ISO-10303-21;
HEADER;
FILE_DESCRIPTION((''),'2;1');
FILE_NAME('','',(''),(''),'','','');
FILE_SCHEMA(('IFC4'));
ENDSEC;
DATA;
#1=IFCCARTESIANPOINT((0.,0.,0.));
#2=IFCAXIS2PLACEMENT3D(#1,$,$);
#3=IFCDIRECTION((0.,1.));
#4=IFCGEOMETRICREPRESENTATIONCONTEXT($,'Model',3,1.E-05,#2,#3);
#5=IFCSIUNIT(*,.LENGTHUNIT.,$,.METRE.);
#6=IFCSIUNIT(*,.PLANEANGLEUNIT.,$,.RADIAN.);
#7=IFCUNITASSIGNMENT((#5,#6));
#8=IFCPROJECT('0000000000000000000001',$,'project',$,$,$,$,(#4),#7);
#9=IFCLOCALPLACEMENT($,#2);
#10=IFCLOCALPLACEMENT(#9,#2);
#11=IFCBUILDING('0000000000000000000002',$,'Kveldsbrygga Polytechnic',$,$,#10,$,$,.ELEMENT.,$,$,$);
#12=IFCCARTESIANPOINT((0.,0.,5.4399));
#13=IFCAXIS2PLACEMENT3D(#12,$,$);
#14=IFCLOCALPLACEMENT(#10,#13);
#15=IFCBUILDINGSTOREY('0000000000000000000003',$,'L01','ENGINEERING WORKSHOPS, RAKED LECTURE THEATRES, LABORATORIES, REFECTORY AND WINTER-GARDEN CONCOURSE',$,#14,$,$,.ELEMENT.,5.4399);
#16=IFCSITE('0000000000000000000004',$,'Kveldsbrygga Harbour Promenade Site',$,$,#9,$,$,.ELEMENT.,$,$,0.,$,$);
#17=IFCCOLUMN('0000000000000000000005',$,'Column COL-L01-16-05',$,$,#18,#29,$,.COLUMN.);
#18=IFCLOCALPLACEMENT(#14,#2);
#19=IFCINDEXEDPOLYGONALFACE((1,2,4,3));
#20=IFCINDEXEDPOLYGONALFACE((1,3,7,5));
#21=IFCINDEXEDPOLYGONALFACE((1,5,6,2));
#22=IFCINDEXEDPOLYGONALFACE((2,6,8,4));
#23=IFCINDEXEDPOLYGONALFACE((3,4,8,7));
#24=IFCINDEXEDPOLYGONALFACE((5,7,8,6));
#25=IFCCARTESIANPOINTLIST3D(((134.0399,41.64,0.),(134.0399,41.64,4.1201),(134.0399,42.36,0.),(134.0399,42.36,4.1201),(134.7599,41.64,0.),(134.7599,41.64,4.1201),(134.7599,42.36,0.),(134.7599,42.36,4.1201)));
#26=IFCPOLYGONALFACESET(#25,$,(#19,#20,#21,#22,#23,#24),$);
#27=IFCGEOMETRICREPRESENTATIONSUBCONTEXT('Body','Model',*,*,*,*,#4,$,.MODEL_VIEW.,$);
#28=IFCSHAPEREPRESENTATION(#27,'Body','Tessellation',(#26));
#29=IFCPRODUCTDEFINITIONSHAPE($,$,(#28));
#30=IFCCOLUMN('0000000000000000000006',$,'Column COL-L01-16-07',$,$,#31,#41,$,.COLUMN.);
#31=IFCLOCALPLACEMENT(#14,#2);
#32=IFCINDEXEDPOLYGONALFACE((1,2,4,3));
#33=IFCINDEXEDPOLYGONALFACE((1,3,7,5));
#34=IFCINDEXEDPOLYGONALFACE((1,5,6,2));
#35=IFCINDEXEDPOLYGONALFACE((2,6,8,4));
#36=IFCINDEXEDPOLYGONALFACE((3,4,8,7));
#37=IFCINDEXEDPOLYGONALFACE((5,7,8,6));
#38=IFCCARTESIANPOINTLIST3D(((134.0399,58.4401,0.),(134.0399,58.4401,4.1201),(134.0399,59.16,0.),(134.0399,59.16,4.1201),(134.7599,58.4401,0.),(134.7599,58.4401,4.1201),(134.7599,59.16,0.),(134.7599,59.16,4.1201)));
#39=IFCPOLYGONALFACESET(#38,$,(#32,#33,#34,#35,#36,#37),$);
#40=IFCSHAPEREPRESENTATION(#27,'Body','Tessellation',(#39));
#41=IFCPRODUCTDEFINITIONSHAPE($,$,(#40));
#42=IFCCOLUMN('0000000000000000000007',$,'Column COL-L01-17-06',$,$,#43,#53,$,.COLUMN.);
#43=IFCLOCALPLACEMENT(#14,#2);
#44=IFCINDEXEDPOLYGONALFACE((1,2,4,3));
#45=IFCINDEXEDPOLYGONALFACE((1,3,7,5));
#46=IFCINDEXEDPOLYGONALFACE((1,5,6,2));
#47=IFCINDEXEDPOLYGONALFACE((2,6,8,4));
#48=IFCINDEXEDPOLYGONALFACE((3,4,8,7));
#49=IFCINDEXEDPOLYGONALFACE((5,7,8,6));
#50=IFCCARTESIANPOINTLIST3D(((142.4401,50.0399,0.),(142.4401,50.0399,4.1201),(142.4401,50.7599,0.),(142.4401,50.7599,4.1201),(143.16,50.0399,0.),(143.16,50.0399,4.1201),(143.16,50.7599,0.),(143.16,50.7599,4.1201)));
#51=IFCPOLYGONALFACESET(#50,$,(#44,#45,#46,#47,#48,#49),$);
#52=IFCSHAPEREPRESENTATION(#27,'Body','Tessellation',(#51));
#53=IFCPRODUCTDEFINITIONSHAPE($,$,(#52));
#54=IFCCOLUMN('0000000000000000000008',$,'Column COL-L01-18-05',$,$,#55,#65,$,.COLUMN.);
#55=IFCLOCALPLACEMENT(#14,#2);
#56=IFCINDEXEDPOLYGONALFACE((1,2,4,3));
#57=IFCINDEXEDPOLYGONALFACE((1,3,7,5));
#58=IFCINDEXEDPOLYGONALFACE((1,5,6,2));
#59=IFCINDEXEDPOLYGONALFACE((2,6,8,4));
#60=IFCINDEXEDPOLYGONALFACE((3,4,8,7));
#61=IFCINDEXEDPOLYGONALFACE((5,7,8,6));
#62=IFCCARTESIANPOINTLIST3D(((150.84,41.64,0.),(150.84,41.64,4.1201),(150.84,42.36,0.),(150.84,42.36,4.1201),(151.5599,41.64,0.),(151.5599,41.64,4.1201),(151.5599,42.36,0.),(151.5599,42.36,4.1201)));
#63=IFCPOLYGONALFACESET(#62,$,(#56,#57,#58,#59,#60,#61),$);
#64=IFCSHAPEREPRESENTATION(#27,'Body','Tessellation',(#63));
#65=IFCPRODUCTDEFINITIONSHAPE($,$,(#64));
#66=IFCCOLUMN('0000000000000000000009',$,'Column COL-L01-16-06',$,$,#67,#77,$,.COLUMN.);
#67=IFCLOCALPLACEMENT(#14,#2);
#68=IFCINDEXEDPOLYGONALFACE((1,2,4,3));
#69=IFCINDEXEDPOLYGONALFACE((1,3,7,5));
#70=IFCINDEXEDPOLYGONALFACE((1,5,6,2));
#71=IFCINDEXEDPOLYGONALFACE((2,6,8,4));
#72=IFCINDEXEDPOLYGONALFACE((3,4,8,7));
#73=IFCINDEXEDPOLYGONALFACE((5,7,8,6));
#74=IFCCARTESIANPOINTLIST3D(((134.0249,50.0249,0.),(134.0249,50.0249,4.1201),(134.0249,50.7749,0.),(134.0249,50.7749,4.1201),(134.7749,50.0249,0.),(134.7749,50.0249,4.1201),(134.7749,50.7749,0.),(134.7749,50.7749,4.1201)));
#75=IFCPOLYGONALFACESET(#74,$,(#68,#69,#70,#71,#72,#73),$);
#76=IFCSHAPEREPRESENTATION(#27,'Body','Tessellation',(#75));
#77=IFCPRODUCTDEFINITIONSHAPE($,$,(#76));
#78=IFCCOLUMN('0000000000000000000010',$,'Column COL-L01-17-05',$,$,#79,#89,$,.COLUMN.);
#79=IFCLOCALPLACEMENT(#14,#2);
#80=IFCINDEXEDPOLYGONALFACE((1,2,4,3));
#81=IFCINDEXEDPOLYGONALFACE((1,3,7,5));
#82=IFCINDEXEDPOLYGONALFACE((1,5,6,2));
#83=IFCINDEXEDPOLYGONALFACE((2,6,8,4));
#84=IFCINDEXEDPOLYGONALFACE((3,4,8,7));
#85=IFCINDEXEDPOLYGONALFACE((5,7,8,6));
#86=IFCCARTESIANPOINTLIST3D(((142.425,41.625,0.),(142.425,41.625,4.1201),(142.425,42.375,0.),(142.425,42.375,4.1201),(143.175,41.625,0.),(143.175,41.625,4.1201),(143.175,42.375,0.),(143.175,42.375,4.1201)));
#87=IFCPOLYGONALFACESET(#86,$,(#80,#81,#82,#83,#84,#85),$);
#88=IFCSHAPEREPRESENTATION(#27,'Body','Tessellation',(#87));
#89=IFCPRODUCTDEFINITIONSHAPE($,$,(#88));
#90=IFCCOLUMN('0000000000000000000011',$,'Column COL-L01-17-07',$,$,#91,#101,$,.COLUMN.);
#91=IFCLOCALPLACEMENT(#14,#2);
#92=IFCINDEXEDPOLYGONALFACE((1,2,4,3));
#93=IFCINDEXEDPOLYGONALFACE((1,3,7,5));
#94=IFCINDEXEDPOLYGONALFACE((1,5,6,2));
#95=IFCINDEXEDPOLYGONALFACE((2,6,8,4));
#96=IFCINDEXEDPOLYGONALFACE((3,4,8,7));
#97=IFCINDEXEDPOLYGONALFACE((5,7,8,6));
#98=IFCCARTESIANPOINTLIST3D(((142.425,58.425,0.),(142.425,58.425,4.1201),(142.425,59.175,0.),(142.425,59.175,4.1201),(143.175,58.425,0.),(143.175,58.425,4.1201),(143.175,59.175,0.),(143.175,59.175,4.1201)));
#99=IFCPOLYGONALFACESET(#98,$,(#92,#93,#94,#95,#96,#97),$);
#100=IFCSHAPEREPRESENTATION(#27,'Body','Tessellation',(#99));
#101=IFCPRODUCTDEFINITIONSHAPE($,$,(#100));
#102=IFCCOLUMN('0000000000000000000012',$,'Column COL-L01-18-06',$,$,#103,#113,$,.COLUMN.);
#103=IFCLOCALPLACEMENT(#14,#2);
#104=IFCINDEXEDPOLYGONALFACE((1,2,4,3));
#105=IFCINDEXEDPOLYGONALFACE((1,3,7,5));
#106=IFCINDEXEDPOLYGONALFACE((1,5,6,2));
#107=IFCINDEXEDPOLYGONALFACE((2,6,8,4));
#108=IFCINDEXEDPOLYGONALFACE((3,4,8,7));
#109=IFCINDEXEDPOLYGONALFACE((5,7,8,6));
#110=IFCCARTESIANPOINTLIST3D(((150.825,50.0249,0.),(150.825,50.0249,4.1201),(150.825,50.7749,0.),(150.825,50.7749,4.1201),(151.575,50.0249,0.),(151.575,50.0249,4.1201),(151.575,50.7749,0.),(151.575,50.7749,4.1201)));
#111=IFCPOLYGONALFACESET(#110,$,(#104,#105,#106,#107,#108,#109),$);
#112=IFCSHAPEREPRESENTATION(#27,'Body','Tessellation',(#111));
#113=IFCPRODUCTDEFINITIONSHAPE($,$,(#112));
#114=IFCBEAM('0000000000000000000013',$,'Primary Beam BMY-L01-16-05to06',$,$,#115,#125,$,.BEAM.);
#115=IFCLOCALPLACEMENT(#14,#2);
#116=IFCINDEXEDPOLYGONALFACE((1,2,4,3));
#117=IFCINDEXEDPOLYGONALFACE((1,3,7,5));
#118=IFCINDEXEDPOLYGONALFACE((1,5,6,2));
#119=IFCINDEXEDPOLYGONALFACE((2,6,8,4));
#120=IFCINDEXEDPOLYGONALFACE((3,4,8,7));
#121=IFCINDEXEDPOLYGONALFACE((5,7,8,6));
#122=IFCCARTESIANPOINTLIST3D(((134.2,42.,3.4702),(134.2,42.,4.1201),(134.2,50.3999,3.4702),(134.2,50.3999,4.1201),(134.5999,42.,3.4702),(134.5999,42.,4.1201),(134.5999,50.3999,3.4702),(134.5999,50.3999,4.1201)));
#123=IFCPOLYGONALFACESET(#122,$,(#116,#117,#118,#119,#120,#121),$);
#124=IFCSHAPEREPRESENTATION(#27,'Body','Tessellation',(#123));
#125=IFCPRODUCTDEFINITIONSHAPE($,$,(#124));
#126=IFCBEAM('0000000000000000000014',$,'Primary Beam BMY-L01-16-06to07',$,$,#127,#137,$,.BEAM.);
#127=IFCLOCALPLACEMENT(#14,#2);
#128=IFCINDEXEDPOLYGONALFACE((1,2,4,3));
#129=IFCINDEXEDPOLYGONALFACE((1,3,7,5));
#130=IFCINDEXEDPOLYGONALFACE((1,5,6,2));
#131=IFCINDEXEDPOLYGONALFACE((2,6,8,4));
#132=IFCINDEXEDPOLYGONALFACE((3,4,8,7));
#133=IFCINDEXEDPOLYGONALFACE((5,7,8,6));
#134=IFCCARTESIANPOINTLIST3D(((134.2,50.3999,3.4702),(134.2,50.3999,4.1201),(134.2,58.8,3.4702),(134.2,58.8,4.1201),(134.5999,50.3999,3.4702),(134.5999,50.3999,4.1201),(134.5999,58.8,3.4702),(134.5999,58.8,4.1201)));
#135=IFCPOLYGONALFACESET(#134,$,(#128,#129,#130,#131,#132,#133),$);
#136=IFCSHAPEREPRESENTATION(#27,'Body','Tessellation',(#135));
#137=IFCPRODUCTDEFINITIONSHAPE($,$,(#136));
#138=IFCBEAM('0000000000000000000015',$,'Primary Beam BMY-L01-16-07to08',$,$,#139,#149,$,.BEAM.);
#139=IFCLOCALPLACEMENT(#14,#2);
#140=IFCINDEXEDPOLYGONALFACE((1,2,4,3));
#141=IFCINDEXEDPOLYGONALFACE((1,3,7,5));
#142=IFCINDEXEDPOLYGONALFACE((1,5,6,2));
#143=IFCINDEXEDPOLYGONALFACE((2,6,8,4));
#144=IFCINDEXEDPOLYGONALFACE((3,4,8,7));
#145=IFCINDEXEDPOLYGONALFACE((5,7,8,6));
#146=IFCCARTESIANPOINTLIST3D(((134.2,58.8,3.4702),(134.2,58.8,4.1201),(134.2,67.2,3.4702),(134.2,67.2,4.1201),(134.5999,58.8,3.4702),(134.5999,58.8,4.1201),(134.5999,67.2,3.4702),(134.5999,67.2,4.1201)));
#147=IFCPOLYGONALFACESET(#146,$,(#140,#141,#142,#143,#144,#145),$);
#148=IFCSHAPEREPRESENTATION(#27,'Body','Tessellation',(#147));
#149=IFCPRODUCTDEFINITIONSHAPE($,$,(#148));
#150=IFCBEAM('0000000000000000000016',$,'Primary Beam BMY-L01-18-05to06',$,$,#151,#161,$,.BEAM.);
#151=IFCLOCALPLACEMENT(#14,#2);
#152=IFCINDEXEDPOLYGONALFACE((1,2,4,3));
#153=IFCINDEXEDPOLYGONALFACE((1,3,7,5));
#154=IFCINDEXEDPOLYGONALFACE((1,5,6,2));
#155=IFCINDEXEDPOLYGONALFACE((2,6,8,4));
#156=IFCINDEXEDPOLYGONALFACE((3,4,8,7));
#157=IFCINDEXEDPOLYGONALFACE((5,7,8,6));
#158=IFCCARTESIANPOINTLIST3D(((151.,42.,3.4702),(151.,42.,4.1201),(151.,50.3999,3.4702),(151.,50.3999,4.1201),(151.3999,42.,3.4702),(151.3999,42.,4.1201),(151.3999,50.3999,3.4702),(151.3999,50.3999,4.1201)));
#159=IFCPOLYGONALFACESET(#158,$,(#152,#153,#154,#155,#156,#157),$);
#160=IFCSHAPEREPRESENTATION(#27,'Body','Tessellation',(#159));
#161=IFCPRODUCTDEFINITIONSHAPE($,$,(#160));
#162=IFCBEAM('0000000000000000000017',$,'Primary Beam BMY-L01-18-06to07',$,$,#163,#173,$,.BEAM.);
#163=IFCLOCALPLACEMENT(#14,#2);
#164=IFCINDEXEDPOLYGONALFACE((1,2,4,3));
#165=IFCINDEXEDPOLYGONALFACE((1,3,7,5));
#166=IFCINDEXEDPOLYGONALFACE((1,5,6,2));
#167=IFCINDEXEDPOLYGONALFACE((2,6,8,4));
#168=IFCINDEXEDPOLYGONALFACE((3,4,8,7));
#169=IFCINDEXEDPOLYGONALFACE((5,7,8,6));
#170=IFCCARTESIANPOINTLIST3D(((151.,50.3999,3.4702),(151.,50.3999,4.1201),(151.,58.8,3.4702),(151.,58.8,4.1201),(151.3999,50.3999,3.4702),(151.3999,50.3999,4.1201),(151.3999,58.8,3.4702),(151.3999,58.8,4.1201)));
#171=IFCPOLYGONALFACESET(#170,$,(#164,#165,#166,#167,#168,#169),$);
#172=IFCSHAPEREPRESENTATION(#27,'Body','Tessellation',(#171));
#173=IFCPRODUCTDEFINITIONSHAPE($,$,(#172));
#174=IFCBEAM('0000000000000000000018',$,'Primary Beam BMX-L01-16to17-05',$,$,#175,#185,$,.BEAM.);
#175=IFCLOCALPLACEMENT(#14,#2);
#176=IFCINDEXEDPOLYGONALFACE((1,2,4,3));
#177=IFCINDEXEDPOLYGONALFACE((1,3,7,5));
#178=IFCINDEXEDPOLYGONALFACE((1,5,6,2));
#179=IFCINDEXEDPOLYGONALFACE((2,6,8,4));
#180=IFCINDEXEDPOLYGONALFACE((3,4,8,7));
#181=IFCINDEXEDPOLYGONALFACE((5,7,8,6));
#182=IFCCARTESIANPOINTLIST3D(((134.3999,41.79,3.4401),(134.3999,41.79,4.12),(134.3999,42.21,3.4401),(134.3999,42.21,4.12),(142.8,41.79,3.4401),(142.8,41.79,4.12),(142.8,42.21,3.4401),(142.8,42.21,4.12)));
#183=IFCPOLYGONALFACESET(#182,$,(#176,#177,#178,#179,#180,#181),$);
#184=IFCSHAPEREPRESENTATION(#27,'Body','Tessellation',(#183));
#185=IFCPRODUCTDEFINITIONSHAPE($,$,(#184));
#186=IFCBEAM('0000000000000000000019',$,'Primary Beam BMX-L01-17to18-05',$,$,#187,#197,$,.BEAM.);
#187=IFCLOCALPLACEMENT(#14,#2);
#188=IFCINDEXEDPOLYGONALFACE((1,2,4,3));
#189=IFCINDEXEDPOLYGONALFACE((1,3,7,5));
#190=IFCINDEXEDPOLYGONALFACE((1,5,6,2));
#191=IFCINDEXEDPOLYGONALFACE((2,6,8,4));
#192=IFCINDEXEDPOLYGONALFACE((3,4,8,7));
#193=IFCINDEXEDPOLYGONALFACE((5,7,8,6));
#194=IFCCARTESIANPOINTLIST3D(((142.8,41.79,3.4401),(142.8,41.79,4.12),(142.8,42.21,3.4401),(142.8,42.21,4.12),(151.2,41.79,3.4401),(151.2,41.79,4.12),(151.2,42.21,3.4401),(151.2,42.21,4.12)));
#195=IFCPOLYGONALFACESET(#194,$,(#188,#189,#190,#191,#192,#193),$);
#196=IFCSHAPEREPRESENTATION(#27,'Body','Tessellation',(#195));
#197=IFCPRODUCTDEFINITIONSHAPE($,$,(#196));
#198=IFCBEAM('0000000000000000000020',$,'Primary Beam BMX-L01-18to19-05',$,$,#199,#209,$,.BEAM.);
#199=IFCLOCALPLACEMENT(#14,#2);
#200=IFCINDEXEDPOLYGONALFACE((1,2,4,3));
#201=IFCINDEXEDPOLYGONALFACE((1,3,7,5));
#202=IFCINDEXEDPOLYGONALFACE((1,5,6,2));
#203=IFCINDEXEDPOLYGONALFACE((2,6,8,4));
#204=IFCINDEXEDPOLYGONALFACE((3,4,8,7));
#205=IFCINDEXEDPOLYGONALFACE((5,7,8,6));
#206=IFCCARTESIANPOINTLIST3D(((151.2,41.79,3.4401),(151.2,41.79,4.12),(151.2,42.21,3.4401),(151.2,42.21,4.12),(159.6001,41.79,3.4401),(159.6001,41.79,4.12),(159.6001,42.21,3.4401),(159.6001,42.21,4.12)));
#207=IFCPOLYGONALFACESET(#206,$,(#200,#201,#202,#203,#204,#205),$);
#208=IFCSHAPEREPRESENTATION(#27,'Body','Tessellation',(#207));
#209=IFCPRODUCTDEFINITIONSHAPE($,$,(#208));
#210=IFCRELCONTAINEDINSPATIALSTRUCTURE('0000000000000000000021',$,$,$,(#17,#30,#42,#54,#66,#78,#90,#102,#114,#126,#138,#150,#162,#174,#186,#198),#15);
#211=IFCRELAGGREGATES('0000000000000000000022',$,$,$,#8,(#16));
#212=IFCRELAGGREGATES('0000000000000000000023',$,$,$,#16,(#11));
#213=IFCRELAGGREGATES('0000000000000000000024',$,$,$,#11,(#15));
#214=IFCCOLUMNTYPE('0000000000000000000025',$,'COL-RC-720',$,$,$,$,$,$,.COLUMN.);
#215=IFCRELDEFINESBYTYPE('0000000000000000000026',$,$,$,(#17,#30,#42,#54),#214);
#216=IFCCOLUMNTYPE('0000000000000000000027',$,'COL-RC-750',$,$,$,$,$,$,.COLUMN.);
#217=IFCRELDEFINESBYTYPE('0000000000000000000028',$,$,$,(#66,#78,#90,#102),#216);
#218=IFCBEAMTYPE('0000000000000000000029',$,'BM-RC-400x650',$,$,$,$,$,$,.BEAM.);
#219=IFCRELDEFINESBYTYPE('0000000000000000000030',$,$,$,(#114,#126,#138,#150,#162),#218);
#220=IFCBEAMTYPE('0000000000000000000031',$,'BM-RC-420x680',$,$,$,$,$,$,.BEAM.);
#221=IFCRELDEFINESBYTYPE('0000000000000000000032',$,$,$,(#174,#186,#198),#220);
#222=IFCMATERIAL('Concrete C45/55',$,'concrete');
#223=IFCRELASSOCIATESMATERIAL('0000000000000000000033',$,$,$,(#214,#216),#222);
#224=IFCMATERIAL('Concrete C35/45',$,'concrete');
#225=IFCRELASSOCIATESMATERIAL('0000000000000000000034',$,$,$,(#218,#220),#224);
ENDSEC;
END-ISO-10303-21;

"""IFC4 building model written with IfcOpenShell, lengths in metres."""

from ifc_helpers import new_model, si_unit, direction, frame, origin, origin_2d, place, context, subcontext, project, spatial, rectangle, extrude, material, material_profile, profile_set, type_object, element, save


model = new_model("IFC4")

# Units and contexts
model_context = context("Model", 3, precision=1e-05, world=origin(), true_north=direction((0.0, 1.0)))
body_context = subcontext(model_context, "Body", "Model", "MODEL_VIEW")
ifc_project = project(units=[si_unit("LENGTHUNIT", "METRE"), si_unit("PLANEANGLEUNIT", "RADIAN")], contexts=[model_context])

# Site, building, storey
site_placement = place(None, origin())
site = spatial("IfcSite", under=ifc_project, at=site_placement, Name="Kveldsbrygga Harbour Promenade Site", CompositionType="ELEMENT", RefElevation=0.0)
building_placement = place(site_placement, origin())
building = spatial("IfcBuilding", under=site, at=building_placement, Name="Kveldsbrygga Polytechnic", CompositionType="ELEMENT")
storey_placement = place(building_placement, frame((0.0, 0.0, 5.4399)))
storey = spatial("IfcBuildingStorey", under=building, at=storey_placement, Name="L01", Description="ENGINEERING WORKSHOPS, RAKED LECTURE THEATRES, LABORATORIES, REFECTORY AND WINTER-GARDEN CONCOURSE", CompositionType="ELEMENT", Elevation=5.4399)

# Columns
ifc_material_1 = material(Name="Concrete C45/55", Category="concrete")
ifc_material_profile_1 = material_profile(ifc_material_1, rectangle(XDim=0.72, YDim=0.72, at=origin_2d()), Name="RC 720x720")
ifc_profile_set_1 = profile_set([ifc_material_profile_1], Name="Concrete C45/55")
column_type_1 = type_object("IfcColumnType", Name="COL-RC-720", PredefinedType="COLUMN", material=ifc_profile_set_1)
for number, where, z_axis, x_axis, name in (
    (1, (134.3999, 42.0, 0.0), (0.0, 0.0, 1.0), (1.0, 0.0, 0.0), "Column COL-L01-16-05"),
    (2, (134.3999, 58.8, 0.0), (0.0, 0.0, 1.0), (1.0, 0.0, 0.0), "Column COL-L01-16-07"),
    (3, (142.8, 50.3999, 0.0), (0.0, 0.0, 1.0), (1.0, 0.0, 0.0), "Column COL-L01-17-06"),
    (4, (151.2, 42.0, 0.0), (0.0, 0.0, 1.0), (1.0, 0.0, 0.0), "Column COL-L01-18-05"),
):
    element("IfcColumn", number, at=place(storey_placement, frame(where, z_axis=z_axis, x_axis=x_axis)), inside=storey, type_object=column_type_1, Name=name, PredefinedType="COLUMN", context=body_context, shape_type="SweptSolid", body=[
        extrude(rectangle(XDim=0.72, YDim=0.72, at=origin_2d()), origin(), (0.0, 0.0, 1.0), 4.1201),
    ])
ifc_material_profile_2 = material_profile(ifc_material_1, rectangle(XDim=0.75, YDim=0.75, at=origin_2d()), Name="RC 750x750")
ifc_profile_set_2 = profile_set([ifc_material_profile_2], Name="Concrete C45/55")
column_type_2 = type_object("IfcColumnType", Name="COL-RC-750", PredefinedType="COLUMN", material=ifc_profile_set_2)
for number, where, z_axis, x_axis, name in (
    (5, (134.3999, 50.3999, 0.0), (0.0, 0.0, 1.0), (1.0, 0.0, 0.0), "Column COL-L01-16-06"),
    (6, (142.8, 42.0, 0.0), (0.0, 0.0, 1.0), (1.0, 0.0, 0.0), "Column COL-L01-17-05"),
    (7, (142.8, 58.8, 0.0), (0.0, 0.0, 1.0), (1.0, 0.0, 0.0), "Column COL-L01-17-07"),
    (8, (151.2, 50.3999, 0.0), (0.0, 0.0, 1.0), (1.0, 0.0, 0.0), "Column COL-L01-18-06"),
):
    element("IfcColumn", number, at=place(storey_placement, frame(where, z_axis=z_axis, x_axis=x_axis)), inside=storey, type_object=column_type_2, Name=name, PredefinedType="COLUMN", context=body_context, shape_type="SweptSolid", body=[
        extrude(rectangle(XDim=0.75, YDim=0.75, at=origin_2d()), origin(), (0.0, 0.0, 1.0), 4.1201),
    ])

# Beams
ifc_material_2 = material(Name="Concrete C35/45", Category="concrete")
ifc_material_profile_3 = material_profile(ifc_material_2, rectangle(XDim=0.3999, YDim=0.6499, at=origin_2d()), Name="RC 400x650")
ifc_profile_set_3 = profile_set([ifc_material_profile_3], Name="Concrete C35/45")
beam_type_1 = type_object("IfcBeamType", Name="BM-RC-400x650", PredefinedType="BEAM", material=ifc_profile_set_3)
beam_1_placement = place(storey_placement, frame((134.3999, 42.0, 3.7952), z_axis=(0.0, 1.0, 0.0), x_axis=(-1.0, 0.0, 0.0)))
element("IfcBeam", 9, at=beam_1_placement, inside=storey, type_object=beam_type_1, Name="Primary Beam BMY-L01-16-05to06", PredefinedType="BEAM", context=body_context, shape_type="SweptSolid", body=[
    extrude(rectangle(XDim=0.3999, YDim=0.6499, at=origin_2d()), origin(), (0.0, 0.0, 1.0), 8.3999),
])
beam_2_placement = place(storey_placement, frame((134.3999, 50.3999, 3.7952), z_axis=(0.0, 1.0, 0.0), x_axis=(-1.0, 0.0, 0.0)))
element("IfcBeam", 10, at=beam_2_placement, inside=storey, type_object=beam_type_1, Name="Primary Beam BMY-L01-16-06to07", PredefinedType="BEAM", context=body_context, shape_type="SweptSolid", body=[
    extrude(rectangle(XDim=0.3999, YDim=0.6499, at=origin_2d()), origin(), (0.0, 0.0, 1.0), 8.4001),
])
for number, where, z_axis, x_axis, name in (
    (11, (134.3999, 58.8, 3.7952), (0.0, 1.0, 0.0), (-1.0, 0.0, 0.0), "Primary Beam BMY-L01-16-07to08"),
    (12, (151.2, 42.0, 3.7952), (0.0, 1.0, 0.0), (-1.0, 0.0, 0.0), "Primary Beam BMY-L01-18-05to06"),
):
    element("IfcBeam", number, at=place(storey_placement, frame(where, z_axis=z_axis, x_axis=x_axis)), inside=storey, type_object=beam_type_1, Name=name, PredefinedType="BEAM", context=body_context, shape_type="SweptSolid", body=[
        extrude(rectangle(XDim=0.3999, YDim=0.6499, at=origin_2d()), origin(), (0.0, 0.0, 1.0), 8.3999),
    ])
beam_3_placement = place(storey_placement, frame((151.2, 50.3999, 3.7952), z_axis=(0.0, 1.0, 0.0), x_axis=(-1.0, 0.0, 0.0)))
element("IfcBeam", 13, at=beam_3_placement, inside=storey, type_object=beam_type_1, Name="Primary Beam BMY-L01-18-06to07", PredefinedType="BEAM", context=body_context, shape_type="SweptSolid", body=[
    extrude(rectangle(XDim=0.3999, YDim=0.6499, at=origin_2d()), origin(), (0.0, 0.0, 1.0), 8.4001),
])
ifc_material_profile_4 = material_profile(ifc_material_2, rectangle(XDim=0.4199, YDim=0.6799, at=origin_2d()), Name="RC 420x680")
ifc_profile_set_4 = profile_set([ifc_material_profile_4], Name="Concrete C35/45")
beam_type_2 = type_object("IfcBeamType", Name="BM-RC-420x680", PredefinedType="BEAM", material=ifc_profile_set_4)
beam_4_placement = place(storey_placement, frame((134.3999, 42.0, 3.78), z_axis=(1.0, 0.0, 0.0), x_axis=(0.0, 1.0, 0.0)))
element("IfcBeam", 14, at=beam_4_placement, inside=storey, type_object=beam_type_2, Name="Primary Beam BMX-L01-16to17-05", PredefinedType="BEAM", context=body_context, shape_type="SweptSolid", body=[
    extrude(rectangle(XDim=0.4199, YDim=0.6799, at=origin_2d()), origin(), (0.0, 0.0, 1.0), 8.4001),
])
beam_5_placement = place(storey_placement, frame((142.8, 42.0, 3.78), z_axis=(1.0, 0.0, 0.0), x_axis=(0.0, 1.0, 0.0)))
element("IfcBeam", 15, at=beam_5_placement, inside=storey, type_object=beam_type_2, Name="Primary Beam BMX-L01-17to18-05", PredefinedType="BEAM", context=body_context, shape_type="SweptSolid", body=[
    extrude(rectangle(XDim=0.4199, YDim=0.6799, at=origin_2d()), origin(), (0.0, 0.0, 1.0), 8.3999),
])
for number, where, z_axis, x_axis, name in (
    (16, (151.2, 42.0, 3.78), (1.0, 0.0, 0.0), (0.0, 1.0, 0.0), "Primary Beam BMX-L01-18to19-05"),
):
    element("IfcBeam", number, at=place(storey_placement, frame(where, z_axis=z_axis, x_axis=x_axis)), inside=storey, type_object=beam_type_2, Name=name, PredefinedType="BEAM", context=body_context, shape_type="SweptSolid", body=[
        extrude(rectangle(XDim=0.4199, YDim=0.6799, at=origin_2d()), origin(), (0.0, 0.0, 1.0), 8.4001),
    ])

save(model, "model.ifc")
